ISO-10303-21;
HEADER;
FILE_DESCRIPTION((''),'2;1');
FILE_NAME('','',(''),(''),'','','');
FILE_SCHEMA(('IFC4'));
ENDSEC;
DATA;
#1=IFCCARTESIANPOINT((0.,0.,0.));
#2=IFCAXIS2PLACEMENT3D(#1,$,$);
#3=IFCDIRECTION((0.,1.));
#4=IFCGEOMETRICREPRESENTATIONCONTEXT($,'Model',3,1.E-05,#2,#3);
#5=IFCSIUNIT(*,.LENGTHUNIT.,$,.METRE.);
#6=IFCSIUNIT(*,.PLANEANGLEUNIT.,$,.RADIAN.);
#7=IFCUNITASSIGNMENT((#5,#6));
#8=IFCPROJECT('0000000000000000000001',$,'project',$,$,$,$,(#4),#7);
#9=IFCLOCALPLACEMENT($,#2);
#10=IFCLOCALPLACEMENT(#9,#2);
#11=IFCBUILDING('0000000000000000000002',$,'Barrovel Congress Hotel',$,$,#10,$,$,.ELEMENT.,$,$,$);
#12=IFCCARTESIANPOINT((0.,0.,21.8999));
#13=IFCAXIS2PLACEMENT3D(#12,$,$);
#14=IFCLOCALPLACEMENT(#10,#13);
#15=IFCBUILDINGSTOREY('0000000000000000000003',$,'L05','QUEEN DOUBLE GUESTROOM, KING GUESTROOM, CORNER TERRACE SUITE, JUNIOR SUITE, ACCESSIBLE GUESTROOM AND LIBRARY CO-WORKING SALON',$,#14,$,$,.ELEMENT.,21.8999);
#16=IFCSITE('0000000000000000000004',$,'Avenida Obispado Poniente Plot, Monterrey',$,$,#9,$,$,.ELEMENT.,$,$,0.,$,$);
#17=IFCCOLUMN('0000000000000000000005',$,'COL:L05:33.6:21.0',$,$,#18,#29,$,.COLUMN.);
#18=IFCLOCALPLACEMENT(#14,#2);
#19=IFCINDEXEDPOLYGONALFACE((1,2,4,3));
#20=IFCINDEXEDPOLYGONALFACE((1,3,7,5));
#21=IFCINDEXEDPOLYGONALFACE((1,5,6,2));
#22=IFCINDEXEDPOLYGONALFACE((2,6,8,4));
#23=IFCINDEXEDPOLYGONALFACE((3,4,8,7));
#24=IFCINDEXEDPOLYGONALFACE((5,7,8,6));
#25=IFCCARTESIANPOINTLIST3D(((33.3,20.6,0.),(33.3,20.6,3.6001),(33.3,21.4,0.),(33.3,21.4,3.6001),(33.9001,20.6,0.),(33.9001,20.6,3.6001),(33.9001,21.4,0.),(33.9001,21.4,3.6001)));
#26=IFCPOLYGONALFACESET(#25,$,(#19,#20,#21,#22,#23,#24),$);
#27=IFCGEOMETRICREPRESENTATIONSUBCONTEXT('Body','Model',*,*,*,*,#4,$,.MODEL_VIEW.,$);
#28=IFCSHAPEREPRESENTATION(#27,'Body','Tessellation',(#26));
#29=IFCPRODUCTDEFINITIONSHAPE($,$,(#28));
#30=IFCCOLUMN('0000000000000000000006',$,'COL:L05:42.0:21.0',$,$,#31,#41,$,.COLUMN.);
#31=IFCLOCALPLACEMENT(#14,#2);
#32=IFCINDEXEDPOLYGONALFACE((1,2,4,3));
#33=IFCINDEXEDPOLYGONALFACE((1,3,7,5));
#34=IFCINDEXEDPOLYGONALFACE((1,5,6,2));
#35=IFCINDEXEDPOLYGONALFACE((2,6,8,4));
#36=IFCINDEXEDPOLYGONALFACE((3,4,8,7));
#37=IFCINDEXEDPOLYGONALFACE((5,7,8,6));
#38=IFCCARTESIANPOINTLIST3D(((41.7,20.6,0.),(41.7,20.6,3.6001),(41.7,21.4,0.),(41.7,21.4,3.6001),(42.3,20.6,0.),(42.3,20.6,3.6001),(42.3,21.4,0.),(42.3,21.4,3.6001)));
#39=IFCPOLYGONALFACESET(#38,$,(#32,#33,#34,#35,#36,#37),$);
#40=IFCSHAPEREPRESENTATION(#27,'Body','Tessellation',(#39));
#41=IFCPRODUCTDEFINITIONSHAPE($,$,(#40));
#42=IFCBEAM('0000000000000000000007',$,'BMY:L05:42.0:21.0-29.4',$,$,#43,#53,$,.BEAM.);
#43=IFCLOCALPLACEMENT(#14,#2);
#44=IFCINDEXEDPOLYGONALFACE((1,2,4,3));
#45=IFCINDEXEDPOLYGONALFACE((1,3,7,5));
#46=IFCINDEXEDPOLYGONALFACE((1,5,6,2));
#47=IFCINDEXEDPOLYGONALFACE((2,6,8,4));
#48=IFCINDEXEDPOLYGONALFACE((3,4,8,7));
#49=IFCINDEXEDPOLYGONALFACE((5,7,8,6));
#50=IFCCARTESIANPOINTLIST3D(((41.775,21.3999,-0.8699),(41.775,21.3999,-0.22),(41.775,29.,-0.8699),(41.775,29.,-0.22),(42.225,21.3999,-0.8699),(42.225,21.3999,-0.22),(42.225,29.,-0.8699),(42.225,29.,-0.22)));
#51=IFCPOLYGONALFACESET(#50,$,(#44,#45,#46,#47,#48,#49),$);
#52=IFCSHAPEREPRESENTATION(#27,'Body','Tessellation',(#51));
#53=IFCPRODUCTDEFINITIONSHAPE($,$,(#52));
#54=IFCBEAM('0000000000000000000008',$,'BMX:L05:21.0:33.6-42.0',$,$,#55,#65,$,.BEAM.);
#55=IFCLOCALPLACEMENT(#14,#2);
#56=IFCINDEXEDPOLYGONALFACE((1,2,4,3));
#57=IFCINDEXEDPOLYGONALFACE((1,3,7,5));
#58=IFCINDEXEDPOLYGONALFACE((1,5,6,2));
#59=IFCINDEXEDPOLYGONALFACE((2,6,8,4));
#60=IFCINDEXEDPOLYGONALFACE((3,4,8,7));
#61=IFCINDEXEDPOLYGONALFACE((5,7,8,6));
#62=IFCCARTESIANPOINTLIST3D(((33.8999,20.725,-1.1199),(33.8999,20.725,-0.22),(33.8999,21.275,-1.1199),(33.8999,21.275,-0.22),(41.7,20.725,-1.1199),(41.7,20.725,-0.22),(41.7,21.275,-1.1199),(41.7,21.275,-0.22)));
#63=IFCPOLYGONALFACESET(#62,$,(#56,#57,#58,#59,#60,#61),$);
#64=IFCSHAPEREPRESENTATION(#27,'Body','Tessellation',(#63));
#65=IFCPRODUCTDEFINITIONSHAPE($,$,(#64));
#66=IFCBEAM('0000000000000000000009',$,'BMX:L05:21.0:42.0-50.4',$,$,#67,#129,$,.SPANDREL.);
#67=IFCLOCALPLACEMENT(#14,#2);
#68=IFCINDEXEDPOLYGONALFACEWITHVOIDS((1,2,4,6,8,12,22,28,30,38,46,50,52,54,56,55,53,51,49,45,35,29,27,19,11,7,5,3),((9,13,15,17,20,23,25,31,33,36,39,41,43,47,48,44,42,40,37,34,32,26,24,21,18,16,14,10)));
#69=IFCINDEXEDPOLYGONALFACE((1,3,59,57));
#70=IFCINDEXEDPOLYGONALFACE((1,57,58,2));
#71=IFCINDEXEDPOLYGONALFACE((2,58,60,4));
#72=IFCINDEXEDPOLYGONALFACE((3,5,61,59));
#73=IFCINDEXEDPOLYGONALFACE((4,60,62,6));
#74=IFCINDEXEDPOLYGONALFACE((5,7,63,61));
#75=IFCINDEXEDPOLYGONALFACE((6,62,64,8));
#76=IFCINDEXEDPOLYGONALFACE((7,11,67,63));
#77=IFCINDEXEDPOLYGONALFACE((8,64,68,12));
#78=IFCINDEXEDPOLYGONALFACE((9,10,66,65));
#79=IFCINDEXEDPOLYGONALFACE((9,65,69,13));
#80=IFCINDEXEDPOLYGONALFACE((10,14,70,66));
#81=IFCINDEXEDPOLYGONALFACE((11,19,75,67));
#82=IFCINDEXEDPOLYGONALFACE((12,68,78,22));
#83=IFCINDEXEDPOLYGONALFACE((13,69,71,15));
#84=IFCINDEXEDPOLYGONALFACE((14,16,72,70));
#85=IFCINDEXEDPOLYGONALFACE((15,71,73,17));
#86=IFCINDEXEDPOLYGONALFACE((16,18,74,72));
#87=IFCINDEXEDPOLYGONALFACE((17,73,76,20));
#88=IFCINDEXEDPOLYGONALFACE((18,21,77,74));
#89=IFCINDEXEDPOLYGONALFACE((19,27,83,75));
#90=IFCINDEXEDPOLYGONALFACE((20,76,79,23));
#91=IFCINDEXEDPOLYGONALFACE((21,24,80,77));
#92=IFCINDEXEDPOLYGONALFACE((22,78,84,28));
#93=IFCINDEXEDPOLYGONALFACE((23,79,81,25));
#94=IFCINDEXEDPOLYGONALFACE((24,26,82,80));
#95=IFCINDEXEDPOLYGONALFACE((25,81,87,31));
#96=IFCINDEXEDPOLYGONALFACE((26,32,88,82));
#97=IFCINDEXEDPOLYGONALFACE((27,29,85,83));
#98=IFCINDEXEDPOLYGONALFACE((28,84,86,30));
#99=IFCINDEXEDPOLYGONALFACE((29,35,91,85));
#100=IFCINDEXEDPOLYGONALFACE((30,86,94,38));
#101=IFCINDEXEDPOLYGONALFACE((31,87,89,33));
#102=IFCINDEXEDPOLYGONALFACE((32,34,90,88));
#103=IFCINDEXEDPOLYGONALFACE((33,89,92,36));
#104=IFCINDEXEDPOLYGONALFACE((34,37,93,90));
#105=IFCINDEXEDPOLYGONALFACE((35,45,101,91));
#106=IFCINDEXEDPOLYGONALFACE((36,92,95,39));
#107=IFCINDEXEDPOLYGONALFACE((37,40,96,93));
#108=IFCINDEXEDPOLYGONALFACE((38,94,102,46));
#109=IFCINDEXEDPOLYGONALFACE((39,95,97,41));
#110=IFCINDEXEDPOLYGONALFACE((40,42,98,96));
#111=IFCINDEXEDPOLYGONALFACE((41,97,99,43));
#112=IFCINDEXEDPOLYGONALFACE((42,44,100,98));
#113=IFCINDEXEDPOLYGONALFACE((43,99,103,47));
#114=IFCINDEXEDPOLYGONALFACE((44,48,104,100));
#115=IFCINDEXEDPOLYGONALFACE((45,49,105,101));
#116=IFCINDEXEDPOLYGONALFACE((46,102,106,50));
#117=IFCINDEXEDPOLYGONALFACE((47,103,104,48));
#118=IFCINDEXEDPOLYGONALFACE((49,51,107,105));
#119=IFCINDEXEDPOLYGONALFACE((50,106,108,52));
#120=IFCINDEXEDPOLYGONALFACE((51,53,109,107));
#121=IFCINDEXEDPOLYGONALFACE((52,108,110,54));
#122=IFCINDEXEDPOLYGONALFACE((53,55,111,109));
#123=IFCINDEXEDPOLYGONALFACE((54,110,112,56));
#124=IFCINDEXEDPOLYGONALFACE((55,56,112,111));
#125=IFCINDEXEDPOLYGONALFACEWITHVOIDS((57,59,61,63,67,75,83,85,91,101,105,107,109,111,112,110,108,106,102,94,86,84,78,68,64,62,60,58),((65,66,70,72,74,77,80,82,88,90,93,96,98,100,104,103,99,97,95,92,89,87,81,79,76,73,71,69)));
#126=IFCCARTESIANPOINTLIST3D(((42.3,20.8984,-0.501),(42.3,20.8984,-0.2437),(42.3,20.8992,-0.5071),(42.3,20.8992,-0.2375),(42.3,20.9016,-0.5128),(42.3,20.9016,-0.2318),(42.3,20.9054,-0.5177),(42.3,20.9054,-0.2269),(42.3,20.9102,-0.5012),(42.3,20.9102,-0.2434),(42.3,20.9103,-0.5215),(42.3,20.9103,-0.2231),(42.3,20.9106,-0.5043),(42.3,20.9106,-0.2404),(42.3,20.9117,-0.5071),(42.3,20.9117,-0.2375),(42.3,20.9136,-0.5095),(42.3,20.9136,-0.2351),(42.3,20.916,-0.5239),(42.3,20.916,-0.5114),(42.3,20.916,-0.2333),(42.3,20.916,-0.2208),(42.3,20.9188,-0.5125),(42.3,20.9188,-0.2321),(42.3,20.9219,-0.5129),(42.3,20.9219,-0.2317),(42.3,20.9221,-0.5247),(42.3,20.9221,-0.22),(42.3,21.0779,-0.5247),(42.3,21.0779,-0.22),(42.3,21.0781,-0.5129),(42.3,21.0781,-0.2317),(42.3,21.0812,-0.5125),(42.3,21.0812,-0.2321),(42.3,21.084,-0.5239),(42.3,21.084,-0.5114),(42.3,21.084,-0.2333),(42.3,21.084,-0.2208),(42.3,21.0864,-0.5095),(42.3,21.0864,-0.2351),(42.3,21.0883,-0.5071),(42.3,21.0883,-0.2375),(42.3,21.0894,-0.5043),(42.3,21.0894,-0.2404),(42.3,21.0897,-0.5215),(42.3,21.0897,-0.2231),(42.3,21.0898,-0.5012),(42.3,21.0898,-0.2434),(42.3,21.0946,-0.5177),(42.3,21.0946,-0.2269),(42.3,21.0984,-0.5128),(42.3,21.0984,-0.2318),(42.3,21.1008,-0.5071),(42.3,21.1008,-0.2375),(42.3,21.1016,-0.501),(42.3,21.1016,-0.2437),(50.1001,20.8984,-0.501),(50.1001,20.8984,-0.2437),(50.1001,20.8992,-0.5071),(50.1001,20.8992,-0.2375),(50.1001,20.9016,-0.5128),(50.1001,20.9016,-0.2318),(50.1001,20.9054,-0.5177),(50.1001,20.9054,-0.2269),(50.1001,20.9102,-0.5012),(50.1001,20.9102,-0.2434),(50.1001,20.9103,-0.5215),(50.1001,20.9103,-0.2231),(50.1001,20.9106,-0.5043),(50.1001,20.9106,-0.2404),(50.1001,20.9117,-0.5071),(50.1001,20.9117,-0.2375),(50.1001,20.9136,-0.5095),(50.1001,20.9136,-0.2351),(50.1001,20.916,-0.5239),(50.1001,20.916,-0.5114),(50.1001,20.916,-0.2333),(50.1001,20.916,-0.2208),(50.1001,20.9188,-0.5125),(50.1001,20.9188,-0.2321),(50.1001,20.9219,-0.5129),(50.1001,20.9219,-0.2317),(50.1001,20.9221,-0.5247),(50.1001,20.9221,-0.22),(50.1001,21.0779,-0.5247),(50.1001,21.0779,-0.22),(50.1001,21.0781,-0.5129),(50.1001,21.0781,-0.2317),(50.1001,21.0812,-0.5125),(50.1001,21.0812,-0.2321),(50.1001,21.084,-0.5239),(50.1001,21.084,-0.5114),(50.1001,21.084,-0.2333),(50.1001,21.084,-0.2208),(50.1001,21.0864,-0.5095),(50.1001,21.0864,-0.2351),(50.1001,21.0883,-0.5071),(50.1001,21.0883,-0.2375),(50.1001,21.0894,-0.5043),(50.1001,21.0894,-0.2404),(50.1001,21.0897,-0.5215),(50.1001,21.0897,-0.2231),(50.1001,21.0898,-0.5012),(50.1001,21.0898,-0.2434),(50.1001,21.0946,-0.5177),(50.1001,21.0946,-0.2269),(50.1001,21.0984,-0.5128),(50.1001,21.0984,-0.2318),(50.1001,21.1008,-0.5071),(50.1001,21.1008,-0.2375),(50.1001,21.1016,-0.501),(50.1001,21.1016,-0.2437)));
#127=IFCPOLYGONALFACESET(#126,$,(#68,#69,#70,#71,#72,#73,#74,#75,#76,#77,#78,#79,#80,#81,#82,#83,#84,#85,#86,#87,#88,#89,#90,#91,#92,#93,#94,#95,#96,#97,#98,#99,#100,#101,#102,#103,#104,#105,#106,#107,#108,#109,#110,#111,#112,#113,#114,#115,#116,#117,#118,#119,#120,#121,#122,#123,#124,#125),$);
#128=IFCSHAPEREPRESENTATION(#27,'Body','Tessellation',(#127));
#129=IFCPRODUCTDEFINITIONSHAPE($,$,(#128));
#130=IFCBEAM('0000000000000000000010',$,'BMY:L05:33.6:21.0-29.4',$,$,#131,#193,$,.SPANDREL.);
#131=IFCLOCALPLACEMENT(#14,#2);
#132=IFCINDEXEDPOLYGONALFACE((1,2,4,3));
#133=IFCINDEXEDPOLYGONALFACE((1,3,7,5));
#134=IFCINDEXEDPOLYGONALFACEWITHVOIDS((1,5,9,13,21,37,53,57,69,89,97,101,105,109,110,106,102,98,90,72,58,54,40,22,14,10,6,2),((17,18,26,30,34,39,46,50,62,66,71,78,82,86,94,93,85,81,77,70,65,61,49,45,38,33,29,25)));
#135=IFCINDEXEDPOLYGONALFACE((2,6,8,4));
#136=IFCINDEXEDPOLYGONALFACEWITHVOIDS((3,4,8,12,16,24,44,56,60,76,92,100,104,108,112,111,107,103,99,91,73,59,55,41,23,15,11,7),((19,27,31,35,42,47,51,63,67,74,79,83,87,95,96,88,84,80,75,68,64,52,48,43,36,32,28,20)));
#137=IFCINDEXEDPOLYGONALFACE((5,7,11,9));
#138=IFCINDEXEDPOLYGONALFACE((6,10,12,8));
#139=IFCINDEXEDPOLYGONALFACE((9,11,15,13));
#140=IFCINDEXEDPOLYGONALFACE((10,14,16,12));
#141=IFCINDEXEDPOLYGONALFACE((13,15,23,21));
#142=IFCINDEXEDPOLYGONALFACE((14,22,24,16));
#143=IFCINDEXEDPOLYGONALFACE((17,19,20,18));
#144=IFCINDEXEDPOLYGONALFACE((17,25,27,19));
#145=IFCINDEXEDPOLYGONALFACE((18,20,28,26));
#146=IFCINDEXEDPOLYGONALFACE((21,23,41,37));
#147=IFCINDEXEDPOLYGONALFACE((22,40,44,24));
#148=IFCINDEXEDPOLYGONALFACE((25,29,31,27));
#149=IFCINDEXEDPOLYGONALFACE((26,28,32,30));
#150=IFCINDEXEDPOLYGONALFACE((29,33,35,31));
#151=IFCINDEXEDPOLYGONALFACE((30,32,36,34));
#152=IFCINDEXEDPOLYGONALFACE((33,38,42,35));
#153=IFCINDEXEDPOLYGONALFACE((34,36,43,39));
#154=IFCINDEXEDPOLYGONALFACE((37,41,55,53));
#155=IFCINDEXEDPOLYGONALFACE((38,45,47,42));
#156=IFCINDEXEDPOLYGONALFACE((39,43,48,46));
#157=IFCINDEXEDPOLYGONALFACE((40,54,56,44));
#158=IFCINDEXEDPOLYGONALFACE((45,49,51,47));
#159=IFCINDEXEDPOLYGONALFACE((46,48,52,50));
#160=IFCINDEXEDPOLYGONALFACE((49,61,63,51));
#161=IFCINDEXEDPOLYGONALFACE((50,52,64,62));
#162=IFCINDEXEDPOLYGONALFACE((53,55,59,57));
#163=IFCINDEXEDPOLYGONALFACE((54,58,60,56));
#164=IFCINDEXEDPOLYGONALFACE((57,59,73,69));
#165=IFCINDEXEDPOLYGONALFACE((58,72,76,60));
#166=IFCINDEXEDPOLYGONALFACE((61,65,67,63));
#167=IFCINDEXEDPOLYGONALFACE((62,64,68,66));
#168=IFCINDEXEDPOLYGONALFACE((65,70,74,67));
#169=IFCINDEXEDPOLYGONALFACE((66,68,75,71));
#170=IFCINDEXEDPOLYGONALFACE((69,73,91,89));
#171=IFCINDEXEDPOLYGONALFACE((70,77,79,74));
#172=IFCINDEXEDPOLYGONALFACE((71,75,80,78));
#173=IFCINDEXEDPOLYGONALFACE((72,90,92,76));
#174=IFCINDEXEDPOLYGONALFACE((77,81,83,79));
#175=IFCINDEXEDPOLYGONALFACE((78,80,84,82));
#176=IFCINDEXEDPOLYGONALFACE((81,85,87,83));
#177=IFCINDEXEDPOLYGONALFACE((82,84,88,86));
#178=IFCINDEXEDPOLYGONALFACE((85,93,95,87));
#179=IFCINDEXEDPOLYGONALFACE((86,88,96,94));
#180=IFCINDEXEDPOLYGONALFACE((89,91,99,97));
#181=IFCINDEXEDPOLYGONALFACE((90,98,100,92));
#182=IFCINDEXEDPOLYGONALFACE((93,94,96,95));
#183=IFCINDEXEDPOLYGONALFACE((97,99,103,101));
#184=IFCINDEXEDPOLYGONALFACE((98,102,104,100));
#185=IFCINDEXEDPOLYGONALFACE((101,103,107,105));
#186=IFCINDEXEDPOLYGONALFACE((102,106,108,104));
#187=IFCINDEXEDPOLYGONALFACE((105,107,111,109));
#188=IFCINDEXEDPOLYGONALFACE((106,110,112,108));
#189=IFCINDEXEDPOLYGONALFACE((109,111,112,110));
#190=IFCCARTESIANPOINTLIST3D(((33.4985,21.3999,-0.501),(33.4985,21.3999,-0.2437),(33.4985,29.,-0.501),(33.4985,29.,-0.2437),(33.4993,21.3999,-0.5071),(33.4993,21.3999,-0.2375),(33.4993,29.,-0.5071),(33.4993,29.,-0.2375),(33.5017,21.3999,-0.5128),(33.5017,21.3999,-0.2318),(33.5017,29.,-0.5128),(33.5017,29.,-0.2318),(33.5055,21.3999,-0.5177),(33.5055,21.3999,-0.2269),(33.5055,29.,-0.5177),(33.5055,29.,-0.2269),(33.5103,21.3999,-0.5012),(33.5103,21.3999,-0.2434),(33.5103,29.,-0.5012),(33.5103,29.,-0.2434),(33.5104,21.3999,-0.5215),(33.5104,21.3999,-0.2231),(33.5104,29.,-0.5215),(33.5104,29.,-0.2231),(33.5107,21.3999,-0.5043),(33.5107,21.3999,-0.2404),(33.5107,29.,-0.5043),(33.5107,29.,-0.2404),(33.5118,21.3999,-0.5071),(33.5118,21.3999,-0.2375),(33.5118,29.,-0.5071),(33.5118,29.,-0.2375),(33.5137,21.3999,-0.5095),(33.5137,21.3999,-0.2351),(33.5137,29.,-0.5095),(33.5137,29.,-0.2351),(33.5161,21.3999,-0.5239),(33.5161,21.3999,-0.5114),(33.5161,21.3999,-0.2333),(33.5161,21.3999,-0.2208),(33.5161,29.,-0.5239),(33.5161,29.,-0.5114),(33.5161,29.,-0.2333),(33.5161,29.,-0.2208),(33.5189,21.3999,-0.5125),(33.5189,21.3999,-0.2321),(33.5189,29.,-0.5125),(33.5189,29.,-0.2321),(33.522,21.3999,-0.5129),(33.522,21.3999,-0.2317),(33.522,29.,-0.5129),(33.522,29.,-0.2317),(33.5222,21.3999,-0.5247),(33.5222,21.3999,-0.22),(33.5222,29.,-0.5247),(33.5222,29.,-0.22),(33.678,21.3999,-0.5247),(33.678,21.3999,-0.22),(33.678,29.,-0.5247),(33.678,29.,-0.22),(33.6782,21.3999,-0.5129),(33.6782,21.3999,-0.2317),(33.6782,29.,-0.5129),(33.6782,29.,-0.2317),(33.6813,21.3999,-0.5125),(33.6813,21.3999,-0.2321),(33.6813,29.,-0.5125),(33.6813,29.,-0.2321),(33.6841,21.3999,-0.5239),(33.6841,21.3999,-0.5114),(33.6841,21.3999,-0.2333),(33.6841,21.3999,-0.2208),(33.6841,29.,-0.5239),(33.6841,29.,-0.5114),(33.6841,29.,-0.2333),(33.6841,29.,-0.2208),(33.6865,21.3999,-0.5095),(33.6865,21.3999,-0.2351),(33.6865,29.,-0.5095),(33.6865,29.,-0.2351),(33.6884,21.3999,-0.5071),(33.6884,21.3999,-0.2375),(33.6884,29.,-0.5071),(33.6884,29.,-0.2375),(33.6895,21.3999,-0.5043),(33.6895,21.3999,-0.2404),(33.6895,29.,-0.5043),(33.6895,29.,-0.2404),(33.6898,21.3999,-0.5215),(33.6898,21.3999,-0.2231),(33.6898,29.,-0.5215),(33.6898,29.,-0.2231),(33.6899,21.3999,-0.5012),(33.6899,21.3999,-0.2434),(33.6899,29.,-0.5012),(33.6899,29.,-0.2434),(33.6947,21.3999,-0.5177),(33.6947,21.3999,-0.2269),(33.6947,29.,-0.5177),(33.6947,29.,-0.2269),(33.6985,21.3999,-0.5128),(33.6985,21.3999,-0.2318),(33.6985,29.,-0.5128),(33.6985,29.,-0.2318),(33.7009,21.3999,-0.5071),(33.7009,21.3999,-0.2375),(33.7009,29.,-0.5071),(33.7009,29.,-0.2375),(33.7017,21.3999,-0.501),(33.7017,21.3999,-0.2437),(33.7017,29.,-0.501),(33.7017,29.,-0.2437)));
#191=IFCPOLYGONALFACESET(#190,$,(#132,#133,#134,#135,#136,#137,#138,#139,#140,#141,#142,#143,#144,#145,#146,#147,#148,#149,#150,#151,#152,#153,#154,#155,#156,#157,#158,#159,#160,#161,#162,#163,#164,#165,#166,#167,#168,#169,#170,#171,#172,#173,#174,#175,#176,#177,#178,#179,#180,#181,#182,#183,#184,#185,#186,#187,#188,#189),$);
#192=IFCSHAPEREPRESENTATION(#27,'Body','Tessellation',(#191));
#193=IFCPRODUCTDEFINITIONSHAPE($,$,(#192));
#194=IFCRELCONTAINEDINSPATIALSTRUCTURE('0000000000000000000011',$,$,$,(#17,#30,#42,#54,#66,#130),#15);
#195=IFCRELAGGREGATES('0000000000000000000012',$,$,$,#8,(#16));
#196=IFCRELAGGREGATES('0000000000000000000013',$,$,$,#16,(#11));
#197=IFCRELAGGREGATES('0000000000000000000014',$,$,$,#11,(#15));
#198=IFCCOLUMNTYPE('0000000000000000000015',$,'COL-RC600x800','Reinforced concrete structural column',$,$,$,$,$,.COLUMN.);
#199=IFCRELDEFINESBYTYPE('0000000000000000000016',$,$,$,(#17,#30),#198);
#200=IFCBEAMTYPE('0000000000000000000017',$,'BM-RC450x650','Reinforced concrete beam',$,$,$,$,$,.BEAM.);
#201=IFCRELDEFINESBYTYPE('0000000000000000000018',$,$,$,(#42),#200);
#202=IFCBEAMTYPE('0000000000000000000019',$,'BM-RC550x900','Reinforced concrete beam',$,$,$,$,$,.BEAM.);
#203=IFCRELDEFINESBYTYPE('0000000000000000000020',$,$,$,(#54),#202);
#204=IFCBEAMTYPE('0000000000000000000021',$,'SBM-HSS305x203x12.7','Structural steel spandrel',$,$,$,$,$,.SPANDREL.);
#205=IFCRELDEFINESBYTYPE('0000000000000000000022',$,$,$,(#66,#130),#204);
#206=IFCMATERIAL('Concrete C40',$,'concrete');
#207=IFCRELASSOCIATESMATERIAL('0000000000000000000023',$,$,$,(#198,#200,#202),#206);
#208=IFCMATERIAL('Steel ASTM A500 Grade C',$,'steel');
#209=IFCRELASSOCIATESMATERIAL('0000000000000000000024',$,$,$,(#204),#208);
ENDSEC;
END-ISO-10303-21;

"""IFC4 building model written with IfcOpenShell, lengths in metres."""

from ifc_helpers import new_model, si_unit, direction, frame, origin, origin_2d, place, context, subcontext, project, spatial, rectangle, hollow_rectangle, extrude, material, material_profile, profile_set, type_object, element, save


model = new_model("IFC4")

# Units and contexts
model_context = context("Model", 3, precision=1e-05, world=origin(), true_north=direction((0.0, 1.0)))
body_context = subcontext(model_context, "Body", "Model", "MODEL_VIEW")
ifc_project = project(units=[si_unit("LENGTHUNIT", "METRE"), si_unit("PLANEANGLEUNIT", "RADIAN")], contexts=[model_context])

# Site, building, storey
site_placement = place(None, origin())
site = spatial("IfcSite", under=ifc_project, at=site_placement, Name="Avenida Obispado Poniente Plot, Monterrey", CompositionType="ELEMENT", RefElevation=0.0)
building_placement = place(site_placement, origin())
building = spatial("IfcBuilding", under=site, at=building_placement, Name="Barrovel Congress Hotel", CompositionType="ELEMENT")
storey_placement = place(building_placement, frame((0.0, 0.0, 21.8999)))
storey = spatial("IfcBuildingStorey", under=building, at=storey_placement, Name="L05", Description="QUEEN DOUBLE GUESTROOM, KING GUESTROOM, CORNER TERRACE SUITE, JUNIOR SUITE, ACCESSIBLE GUESTROOM AND LIBRARY CO-WORKING SALON", CompositionType="ELEMENT", Elevation=21.8999)

# Columns
ifc_material_1 = material(Name="Concrete C40", Category="concrete")
ifc_material_profile_1 = material_profile(ifc_material_1, rectangle(XDim=0.6001, YDim=0.8, at=origin_2d()), Name="RC600x800")
ifc_profile_set_1 = profile_set([ifc_material_profile_1], Name="Concrete C40")
column_type = type_object("IfcColumnType", Name="COL-RC600x800", Description="Reinforced concrete structural column", PredefinedType="COLUMN", material=ifc_profile_set_1)
for number, where, z_axis, x_axis, name in (
    (1, (33.6001, 21.0, 0.0), (0.0, 0.0, 1.0), (1.0, 0.0, 0.0), "COL:L05:33.6:21.0"),
    (2, (42.0, 21.0, 0.0), (0.0, 0.0, 1.0), (1.0, 0.0, 0.0), "COL:L05:42.0:21.0"),
):
    element("IfcColumn", number, at=place(storey_placement, frame(where, z_axis=z_axis, x_axis=x_axis)), inside=storey, type_object=column_type, Name=name, PredefinedType="COLUMN", context=body_context, shape_type="SweptSolid", body=[
        extrude(rectangle(XDim=0.6001, YDim=0.8, at=origin_2d()), origin(), (0.0, 0.0, 1.0), 3.6001),
    ])

# Beams
ifc_material_profile_2 = material_profile(ifc_material_1, rectangle(XDim=0.45, YDim=0.6499, at=origin_2d()), Name="RC450x650")
ifc_profile_set_2 = profile_set([ifc_material_profile_2], Name="Concrete C40")
beam_type_1 = type_object("IfcBeamType", Name="BM-RC450x650", Description="Reinforced concrete beam", PredefinedType="BEAM", material=ifc_profile_set_2)
beam_1_placement = place(storey_placement, frame((42.0, 21.3999, -0.5449), z_axis=(0.0, 1.0, 0.0), x_axis=(-1.0, 0.0, 0.0)))
element("IfcBeam", 3, at=beam_1_placement, inside=storey, type_object=beam_type_1, Name="BMY:L05:42.0:21.0-29.4", PredefinedType="BEAM", context=body_context, shape_type="SweptSolid", body=[
    extrude(rectangle(XDim=0.45, YDim=0.6499, at=origin_2d()), origin(), (0.0, 0.0, 1.0), 7.6001),
])
ifc_material_profile_3 = material_profile(ifc_material_1, rectangle(XDim=0.55, YDim=0.8999, at=origin_2d()), Name="RC550x900")
ifc_profile_set_3 = profile_set([ifc_material_profile_3], Name="Concrete C40")
beam_type_2 = type_object("IfcBeamType", Name="BM-RC550x900", Description="Reinforced concrete beam", PredefinedType="BEAM", material=ifc_profile_set_3)
beam_2_placement = place(storey_placement, frame((33.8999, 21.0, -0.6699), z_axis=(1.0, 0.0, 0.0), x_axis=(0.0, 1.0, 0.0)))
element("IfcBeam", 4, at=beam_2_placement, inside=storey, type_object=beam_type_2, Name="BMX:L05:21.0:33.6-42.0", PredefinedType="BEAM", context=body_context, shape_type="SweptSolid", body=[
    extrude(rectangle(XDim=0.55, YDim=0.8999, at=origin_2d()), origin(), (0.0, 0.0, 1.0), 7.8),
])
ifc_material_2 = material(Name="Steel ASTM A500 Grade C", Category="steel")
ifc_material_profile_4 = material_profile(ifc_material_2, hollow_rectangle(XDim=0.2031, YDim=0.3047, WallThickness=0.0117, InnerFilletRadius=0.0117, OuterFilletRadius=0.0237, at=origin_2d()), Name="HSS305x203x12.7")
ifc_profile_set_4 = profile_set([ifc_material_profile_4], Name="Steel ASTM A500 Grade C")
beam_type_3 = type_object("IfcBeamType", Name="SBM-HSS305x203x12.7", Description="Structural steel spandrel", PredefinedType="SPANDREL", material=ifc_profile_set_4)
beam_3_placement = place(storey_placement, frame((42.3, 21.0, -0.3723), z_axis=(1.0, 0.0, 0.0), x_axis=(0.0, 1.0, 0.0)))
element("IfcBeam", 5, at=beam_3_placement, inside=storey, type_object=beam_type_3, Name="BMX:L05:21.0:42.0-50.4", PredefinedType="SPANDREL", context=body_context, shape_type="SweptSolid", body=[
    extrude(hollow_rectangle(XDim=0.2031, YDim=0.3047, WallThickness=0.0117, InnerFilletRadius=0.0117, OuterFilletRadius=0.0237, at=origin_2d()), origin(), (0.0, 0.0, 1.0), 7.8),
])
beam_4_placement = place(storey_placement, frame((33.6001, 21.3999, -0.3723), z_axis=(0.0, 1.0, 0.0), x_axis=(-1.0, 0.0, 0.0)))
element("IfcBeam", 6, at=beam_4_placement, inside=storey, type_object=beam_type_3, Name="BMY:L05:33.6:21.0-29.4", PredefinedType="SPANDREL", context=body_context, shape_type="SweptSolid", body=[
    extrude(hollow_rectangle(XDim=0.2031, YDim=0.3047, WallThickness=0.0117, InnerFilletRadius=0.0117, OuterFilletRadius=0.0237, at=origin_2d()), origin(), (0.0, 0.0, 1.0), 7.6001),
])

save(model, "model.ifc")
